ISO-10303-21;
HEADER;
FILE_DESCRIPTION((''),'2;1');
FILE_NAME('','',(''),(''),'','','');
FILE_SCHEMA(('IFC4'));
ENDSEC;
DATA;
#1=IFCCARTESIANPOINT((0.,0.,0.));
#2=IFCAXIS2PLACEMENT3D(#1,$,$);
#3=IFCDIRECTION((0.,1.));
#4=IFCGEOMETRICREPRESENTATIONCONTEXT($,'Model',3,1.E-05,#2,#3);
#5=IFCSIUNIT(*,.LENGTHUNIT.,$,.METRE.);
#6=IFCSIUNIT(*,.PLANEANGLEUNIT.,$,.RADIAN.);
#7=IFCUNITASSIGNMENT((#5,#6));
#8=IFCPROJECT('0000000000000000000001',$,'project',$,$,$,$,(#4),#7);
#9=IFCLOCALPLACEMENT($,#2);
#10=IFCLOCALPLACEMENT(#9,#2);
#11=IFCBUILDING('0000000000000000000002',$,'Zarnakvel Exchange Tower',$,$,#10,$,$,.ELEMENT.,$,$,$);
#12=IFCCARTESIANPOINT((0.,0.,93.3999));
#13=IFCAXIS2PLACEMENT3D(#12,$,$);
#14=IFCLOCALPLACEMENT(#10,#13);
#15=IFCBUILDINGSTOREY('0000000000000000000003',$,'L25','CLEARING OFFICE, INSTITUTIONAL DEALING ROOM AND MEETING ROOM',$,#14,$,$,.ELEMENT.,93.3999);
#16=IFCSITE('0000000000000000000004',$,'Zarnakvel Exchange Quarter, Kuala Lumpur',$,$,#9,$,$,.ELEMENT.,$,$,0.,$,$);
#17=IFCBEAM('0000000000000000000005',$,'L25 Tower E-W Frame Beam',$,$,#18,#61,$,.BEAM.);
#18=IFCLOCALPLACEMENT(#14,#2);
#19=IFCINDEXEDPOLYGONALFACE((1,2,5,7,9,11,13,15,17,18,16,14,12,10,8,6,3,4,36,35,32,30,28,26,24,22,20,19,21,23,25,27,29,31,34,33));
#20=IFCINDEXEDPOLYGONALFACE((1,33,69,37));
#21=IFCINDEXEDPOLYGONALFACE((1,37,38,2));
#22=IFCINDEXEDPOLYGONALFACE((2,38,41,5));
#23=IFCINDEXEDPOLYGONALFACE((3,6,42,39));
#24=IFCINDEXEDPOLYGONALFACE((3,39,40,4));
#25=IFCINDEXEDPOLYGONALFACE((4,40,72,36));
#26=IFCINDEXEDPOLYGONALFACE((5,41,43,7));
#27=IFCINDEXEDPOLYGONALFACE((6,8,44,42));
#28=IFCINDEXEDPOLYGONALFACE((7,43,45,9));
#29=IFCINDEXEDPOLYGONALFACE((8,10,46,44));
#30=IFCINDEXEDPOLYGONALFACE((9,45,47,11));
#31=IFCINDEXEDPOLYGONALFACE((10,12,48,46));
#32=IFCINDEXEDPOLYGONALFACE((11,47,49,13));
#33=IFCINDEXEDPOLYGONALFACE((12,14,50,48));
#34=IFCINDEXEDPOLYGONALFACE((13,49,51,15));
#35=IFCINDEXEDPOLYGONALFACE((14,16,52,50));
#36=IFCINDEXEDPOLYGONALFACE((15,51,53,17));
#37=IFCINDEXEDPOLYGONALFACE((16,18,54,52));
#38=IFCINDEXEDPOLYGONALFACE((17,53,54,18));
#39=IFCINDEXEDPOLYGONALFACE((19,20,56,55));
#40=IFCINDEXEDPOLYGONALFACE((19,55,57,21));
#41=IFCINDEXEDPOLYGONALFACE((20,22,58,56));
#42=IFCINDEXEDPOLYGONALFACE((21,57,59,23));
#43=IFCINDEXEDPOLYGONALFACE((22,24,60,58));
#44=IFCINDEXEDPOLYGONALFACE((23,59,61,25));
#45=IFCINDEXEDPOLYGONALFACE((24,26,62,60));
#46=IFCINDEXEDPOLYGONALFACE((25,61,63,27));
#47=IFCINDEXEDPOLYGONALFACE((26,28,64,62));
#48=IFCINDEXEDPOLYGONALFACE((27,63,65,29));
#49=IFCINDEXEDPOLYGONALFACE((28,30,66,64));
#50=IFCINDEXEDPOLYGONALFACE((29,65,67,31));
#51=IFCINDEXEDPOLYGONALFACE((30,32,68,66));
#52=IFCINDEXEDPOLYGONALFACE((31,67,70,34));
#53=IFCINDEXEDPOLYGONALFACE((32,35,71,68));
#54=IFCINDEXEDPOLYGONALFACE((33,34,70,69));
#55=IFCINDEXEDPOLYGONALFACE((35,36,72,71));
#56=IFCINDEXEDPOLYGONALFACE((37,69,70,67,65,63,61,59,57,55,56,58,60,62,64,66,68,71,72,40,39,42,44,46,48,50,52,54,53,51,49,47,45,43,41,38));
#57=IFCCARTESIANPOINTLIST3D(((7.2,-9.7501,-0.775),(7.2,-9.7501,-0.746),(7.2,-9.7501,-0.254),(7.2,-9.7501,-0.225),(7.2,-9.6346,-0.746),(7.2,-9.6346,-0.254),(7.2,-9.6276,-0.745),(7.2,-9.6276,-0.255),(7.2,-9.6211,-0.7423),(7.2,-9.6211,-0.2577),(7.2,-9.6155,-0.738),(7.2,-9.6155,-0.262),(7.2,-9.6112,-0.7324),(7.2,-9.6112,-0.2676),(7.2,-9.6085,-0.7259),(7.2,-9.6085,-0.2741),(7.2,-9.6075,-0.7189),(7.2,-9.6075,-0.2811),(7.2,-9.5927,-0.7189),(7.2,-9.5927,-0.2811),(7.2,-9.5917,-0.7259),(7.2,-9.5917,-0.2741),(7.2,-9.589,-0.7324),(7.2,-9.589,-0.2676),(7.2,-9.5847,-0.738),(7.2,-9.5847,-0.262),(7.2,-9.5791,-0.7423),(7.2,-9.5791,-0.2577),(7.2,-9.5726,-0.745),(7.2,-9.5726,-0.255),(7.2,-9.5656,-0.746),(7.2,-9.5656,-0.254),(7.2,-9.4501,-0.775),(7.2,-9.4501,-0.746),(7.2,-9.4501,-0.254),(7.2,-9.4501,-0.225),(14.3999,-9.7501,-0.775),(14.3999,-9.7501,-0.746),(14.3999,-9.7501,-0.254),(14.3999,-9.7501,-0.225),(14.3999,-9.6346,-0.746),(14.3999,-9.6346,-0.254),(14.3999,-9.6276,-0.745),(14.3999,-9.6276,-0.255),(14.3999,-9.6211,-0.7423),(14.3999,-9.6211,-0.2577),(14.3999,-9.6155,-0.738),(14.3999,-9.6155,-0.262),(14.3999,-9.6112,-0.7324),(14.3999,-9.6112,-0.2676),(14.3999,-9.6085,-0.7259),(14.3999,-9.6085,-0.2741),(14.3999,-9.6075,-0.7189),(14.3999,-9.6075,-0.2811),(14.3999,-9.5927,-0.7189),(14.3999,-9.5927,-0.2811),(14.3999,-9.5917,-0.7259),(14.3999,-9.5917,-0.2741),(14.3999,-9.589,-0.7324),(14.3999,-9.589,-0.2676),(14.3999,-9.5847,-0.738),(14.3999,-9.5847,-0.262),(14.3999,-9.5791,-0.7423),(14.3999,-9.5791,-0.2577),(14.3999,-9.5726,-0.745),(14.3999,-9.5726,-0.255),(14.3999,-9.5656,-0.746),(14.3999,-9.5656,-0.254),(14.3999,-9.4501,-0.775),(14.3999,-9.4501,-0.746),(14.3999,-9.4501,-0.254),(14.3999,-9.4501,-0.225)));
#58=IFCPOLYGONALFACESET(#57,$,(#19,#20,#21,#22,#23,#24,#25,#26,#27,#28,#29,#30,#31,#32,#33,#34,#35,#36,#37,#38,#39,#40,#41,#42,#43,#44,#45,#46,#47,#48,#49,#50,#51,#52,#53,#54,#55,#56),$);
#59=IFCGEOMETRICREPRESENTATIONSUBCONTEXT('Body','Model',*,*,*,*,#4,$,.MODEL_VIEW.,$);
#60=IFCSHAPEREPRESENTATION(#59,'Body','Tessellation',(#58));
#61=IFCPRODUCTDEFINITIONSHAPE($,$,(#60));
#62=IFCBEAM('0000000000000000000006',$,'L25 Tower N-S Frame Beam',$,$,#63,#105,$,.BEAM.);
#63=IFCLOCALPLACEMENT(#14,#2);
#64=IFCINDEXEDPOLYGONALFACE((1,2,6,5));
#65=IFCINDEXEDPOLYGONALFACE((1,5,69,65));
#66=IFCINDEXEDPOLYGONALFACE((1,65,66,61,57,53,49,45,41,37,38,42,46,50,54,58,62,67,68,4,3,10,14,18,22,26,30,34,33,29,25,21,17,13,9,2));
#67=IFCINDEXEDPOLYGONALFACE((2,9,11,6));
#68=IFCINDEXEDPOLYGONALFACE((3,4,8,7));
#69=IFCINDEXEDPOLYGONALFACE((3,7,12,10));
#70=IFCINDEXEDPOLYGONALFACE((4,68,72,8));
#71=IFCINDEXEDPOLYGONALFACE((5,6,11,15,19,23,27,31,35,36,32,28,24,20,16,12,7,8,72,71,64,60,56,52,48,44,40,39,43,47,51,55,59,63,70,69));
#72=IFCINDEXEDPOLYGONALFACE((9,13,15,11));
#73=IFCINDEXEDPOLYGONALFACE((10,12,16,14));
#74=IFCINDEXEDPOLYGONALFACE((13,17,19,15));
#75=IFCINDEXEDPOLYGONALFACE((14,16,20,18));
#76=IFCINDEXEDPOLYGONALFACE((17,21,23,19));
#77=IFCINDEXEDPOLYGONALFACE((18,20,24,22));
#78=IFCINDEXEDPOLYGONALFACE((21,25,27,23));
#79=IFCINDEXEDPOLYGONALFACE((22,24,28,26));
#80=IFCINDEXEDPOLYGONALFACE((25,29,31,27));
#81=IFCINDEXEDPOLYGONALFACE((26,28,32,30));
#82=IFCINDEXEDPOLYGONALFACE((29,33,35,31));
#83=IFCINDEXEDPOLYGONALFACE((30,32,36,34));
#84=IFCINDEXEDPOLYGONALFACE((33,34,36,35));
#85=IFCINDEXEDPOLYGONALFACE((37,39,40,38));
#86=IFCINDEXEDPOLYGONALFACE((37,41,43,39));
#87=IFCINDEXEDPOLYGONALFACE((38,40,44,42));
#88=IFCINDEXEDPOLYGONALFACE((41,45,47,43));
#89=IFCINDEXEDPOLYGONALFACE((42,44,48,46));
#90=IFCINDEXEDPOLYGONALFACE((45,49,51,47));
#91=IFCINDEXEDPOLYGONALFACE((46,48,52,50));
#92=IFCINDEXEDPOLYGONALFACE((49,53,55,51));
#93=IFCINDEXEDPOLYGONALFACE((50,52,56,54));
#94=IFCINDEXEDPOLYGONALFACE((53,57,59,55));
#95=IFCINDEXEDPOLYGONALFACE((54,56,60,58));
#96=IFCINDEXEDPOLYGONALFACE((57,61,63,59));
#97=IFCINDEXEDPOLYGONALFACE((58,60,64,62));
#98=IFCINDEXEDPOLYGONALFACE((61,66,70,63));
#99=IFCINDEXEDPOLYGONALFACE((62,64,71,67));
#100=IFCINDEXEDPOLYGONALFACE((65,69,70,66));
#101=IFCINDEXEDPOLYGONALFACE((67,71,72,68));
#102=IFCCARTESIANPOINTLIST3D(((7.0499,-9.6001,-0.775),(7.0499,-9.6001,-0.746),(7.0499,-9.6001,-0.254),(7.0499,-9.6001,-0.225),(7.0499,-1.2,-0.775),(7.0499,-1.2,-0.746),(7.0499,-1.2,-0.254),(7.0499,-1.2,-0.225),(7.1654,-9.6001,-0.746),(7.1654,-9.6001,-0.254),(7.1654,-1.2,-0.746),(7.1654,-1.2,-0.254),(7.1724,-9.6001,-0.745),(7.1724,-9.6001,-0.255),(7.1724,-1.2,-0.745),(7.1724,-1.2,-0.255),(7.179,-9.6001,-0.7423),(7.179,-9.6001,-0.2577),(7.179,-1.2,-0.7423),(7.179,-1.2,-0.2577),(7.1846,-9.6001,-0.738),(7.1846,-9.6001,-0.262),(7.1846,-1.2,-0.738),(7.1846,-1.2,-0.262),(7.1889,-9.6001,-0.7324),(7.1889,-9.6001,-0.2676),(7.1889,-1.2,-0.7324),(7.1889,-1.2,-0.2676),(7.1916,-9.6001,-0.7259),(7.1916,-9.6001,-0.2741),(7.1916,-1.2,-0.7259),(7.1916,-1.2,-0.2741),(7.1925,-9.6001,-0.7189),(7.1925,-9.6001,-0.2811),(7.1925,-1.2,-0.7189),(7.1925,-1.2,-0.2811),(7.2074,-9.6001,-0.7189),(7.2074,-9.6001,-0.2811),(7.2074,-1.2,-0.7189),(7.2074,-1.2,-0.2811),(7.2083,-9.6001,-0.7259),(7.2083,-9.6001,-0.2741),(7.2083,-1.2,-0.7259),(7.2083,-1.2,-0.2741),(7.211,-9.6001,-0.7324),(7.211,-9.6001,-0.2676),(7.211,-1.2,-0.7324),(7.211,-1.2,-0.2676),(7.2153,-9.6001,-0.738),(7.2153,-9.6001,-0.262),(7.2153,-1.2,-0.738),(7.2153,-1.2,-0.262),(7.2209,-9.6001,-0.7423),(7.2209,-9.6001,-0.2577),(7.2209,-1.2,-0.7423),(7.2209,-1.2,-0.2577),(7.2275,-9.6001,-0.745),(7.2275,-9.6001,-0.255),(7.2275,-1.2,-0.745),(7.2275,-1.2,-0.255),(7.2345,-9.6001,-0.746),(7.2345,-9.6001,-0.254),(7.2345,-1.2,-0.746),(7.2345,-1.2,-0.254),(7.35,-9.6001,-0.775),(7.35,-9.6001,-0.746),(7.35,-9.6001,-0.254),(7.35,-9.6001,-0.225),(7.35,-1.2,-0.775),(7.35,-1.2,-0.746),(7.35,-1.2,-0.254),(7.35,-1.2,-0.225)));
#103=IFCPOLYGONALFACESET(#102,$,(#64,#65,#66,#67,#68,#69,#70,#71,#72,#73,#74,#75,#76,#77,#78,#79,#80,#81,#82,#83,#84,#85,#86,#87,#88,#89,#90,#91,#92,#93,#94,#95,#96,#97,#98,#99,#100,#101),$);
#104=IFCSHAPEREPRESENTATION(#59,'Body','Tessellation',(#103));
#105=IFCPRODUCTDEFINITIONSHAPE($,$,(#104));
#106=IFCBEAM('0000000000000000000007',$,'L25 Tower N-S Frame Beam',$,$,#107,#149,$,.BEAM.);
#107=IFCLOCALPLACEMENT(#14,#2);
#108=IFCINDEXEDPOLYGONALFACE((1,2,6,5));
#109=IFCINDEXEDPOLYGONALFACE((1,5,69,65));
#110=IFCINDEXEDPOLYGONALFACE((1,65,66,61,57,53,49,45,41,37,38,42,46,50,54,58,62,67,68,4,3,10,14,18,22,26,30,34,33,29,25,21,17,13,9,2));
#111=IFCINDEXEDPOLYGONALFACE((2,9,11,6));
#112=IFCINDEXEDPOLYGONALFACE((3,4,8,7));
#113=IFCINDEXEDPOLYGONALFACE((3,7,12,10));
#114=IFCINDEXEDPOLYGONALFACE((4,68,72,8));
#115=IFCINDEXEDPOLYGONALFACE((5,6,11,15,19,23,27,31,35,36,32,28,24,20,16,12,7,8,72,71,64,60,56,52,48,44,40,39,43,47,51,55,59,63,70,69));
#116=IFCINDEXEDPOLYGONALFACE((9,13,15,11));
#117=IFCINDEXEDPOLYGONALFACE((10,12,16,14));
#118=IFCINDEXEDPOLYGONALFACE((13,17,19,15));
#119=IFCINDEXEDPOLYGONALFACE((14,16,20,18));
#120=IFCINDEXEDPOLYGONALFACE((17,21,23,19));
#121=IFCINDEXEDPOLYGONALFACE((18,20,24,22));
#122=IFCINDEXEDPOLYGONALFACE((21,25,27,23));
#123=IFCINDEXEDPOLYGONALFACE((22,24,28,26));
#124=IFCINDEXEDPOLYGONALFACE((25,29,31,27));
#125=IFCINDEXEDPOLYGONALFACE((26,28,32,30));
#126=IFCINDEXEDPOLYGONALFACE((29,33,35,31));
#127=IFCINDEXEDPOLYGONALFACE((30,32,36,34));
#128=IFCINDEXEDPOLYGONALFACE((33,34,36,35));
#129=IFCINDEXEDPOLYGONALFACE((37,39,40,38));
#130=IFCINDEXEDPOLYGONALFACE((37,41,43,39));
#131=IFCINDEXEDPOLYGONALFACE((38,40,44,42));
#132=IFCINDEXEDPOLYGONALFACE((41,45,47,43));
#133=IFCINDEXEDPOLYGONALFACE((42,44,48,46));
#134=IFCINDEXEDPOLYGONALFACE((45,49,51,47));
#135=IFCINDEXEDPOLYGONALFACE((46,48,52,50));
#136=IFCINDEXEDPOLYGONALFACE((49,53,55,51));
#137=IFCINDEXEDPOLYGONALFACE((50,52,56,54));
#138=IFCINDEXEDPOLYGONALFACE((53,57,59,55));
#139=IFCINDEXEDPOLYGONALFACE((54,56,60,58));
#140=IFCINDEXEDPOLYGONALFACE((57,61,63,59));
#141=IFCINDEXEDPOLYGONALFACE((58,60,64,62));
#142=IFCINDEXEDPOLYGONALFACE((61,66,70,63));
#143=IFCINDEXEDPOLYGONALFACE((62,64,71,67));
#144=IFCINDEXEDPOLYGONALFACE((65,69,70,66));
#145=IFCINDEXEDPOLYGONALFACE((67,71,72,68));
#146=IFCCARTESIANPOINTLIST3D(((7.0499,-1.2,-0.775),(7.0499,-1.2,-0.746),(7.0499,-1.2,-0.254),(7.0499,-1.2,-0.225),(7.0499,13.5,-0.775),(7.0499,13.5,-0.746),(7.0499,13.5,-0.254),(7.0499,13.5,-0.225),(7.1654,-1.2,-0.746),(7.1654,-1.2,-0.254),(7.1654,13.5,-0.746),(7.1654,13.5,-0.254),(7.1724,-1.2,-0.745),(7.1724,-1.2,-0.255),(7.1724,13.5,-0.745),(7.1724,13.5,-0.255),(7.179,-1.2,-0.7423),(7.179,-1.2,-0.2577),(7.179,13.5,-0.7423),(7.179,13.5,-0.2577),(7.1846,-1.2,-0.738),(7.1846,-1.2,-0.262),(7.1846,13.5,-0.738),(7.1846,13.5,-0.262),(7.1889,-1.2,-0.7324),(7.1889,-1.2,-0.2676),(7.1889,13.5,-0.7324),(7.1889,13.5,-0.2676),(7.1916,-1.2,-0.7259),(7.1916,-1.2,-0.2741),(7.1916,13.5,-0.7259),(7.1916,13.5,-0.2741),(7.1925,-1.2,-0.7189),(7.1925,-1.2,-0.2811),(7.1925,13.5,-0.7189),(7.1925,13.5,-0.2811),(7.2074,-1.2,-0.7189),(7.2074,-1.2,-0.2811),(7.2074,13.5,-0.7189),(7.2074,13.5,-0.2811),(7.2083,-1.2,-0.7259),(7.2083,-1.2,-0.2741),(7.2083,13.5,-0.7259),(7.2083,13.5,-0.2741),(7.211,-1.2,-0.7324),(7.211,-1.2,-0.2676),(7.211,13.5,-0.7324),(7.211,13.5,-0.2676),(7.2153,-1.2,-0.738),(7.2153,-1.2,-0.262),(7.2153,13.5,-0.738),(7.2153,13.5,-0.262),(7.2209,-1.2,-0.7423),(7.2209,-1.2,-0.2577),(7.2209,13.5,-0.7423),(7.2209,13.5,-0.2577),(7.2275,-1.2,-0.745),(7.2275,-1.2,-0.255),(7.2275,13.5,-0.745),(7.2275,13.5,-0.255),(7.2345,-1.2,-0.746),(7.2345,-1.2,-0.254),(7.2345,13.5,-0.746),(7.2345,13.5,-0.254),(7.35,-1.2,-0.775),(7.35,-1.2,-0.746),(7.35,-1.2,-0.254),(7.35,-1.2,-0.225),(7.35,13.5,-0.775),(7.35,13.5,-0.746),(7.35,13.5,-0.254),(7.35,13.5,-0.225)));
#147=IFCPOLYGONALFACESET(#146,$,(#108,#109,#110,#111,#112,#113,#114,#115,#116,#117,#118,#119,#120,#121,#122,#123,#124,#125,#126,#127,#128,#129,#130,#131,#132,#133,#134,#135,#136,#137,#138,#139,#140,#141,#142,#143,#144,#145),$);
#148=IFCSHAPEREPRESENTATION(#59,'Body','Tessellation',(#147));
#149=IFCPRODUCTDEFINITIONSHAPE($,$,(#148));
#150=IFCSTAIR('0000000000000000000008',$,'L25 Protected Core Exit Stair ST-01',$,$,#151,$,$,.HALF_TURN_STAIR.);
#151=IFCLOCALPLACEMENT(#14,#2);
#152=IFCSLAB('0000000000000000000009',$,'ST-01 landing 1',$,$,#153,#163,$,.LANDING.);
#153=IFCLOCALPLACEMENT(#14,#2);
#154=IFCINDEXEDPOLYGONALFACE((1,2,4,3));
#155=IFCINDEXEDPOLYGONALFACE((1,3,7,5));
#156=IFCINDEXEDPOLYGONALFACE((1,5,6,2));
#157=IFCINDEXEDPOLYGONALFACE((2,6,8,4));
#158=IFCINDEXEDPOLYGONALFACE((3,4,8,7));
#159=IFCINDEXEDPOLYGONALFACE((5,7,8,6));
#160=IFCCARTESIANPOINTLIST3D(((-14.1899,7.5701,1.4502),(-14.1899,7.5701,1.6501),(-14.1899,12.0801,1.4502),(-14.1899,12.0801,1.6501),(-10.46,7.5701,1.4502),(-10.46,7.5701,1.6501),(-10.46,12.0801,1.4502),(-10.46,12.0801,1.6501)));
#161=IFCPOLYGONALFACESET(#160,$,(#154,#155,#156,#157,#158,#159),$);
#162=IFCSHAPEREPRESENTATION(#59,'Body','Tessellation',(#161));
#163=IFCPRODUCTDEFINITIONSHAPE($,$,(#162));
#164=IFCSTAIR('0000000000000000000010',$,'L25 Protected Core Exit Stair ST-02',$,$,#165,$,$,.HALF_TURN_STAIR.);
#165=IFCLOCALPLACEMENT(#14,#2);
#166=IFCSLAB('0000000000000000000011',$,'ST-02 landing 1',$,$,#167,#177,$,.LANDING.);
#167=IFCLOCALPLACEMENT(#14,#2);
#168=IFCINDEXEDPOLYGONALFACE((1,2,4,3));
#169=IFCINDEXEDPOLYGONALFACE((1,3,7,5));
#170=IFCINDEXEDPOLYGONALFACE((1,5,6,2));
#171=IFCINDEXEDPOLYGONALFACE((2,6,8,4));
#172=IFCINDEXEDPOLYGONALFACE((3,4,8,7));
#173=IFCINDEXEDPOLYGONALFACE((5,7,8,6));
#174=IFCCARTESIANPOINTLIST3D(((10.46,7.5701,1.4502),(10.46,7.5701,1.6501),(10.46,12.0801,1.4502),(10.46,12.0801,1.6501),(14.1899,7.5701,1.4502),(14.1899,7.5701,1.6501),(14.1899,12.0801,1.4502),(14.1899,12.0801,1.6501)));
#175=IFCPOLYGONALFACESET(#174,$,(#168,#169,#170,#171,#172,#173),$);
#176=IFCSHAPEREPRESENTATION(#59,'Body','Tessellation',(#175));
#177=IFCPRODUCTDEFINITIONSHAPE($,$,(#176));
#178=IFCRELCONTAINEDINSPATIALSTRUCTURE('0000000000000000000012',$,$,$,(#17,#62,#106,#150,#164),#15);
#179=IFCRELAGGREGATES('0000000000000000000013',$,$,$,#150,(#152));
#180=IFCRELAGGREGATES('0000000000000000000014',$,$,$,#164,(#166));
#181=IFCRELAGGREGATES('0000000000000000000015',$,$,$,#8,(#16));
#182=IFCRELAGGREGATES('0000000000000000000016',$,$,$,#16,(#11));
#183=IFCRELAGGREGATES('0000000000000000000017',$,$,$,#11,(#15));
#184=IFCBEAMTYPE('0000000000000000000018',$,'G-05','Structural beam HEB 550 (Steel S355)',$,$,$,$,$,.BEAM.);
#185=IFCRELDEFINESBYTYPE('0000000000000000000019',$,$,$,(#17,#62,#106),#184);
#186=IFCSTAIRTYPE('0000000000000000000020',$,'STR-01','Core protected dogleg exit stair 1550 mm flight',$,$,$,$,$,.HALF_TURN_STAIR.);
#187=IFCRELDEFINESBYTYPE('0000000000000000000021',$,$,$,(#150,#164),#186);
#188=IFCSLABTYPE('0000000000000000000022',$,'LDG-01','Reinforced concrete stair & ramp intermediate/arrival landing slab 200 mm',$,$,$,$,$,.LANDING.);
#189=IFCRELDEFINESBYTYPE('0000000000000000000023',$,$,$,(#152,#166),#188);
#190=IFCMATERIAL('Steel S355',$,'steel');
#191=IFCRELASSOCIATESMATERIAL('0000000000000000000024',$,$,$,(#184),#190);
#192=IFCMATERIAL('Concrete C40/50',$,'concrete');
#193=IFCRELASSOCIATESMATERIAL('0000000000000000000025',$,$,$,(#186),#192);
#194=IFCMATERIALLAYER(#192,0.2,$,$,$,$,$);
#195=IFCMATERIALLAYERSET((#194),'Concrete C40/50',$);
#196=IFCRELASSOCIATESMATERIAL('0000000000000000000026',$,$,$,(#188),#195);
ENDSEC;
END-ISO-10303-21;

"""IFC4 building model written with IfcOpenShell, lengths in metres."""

from ifc_helpers import new_model, si_unit, direction, frame, origin, origin_2d, place, context, subcontext, project, spatial, polyline, i_section, outline, extrude, material, layer, layer_set, material_profile, profile_set, type_object, element, aggregate, save


model = new_model("IFC4")

# Units and contexts
model_context = context("Model", 3, precision=1e-05, world=origin(), true_north=direction((0.0, 1.0)))
body_context = subcontext(model_context, "Body", "Model", "MODEL_VIEW")
ifc_project = project(units=[si_unit("LENGTHUNIT", "METRE"), si_unit("PLANEANGLEUNIT", "RADIAN")], contexts=[model_context])

# Site, building, storey
site_placement = place(None, origin())
site = spatial("IfcSite", under=ifc_project, at=site_placement, Name="Zarnakvel Exchange Quarter, Kuala Lumpur", CompositionType="ELEMENT", RefElevation=0.0)
building_placement = place(site_placement, origin())
building = spatial("IfcBuilding", under=site, at=building_placement, Name="Zarnakvel Exchange Tower", CompositionType="ELEMENT")
storey_placement = place(building_placement, frame((0.0, 0.0, 93.3999)))
storey = spatial("IfcBuildingStorey", under=building, at=storey_placement, Name="L25", Description="CLEARING OFFICE, INSTITUTIONAL DEALING ROOM AND MEETING ROOM", CompositionType="ELEMENT", Elevation=93.3999)

# Beams
ifc_material_1 = material(Name="Steel S355", Category="steel")
ifc_material_profile_1 = material_profile(ifc_material_1, i_section(OverallWidth=0.3, OverallDepth=0.55, WebThickness=0.0149, FlangeThickness=0.0291, FilletRadius=0.0271, at=origin_2d()))
ifc_profile_set_1 = profile_set([ifc_material_profile_1], Name="Steel S355")
beam_type_1 = type_object("IfcBeamType", Name="G-05", Description="Structural beam HEB 550 (Steel S355)", PredefinedType="BEAM", material=ifc_profile_set_1)
beam_1_placement = place(storey_placement, frame((7.2, -9.6001, -0.5), z_axis=(1.0, 0.0, 0.0), x_axis=(0.0, 1.0, 0.0)))
element("IfcBeam", 1, at=beam_1_placement, inside=storey, type_object=beam_type_1, Name="L25 Tower E-W Frame Beam", PredefinedType="BEAM", context=body_context, shape_type="SweptSolid", body=[
    extrude(i_section(OverallWidth=0.3, OverallDepth=0.55, WebThickness=0.0149, FlangeThickness=0.0291, FilletRadius=0.0271, at=origin_2d()), origin(), (0.0, 0.0, 1.0), 7.2),
])
beam_2_placement = place(storey_placement, frame((7.2, -9.6001, -0.5), z_axis=(0.0, 1.0, 0.0), x_axis=(-1.0, 0.0, 0.0)))
element("IfcBeam", 2, at=beam_2_placement, inside=storey, type_object=beam_type_1, Name="L25 Tower N-S Frame Beam", PredefinedType="BEAM", context=body_context, shape_type="SweptSolid", body=[
    extrude(i_section(OverallWidth=0.3, OverallDepth=0.55, WebThickness=0.0149, FlangeThickness=0.0291, FilletRadius=0.0271, at=origin_2d()), origin(), (0.0, 0.0, 1.0), 8.4001),
])
beam_3_placement = place(storey_placement, frame((7.2, -1.2, -0.5), z_axis=(0.0, 1.0, 0.0), x_axis=(-1.0, 0.0, 0.0)))
element("IfcBeam", 3, at=beam_3_placement, inside=storey, type_object=beam_type_1, Name="L25 Tower N-S Frame Beam", PredefinedType="BEAM", context=body_context, shape_type="SweptSolid", body=[
    extrude(i_section(OverallWidth=0.3, OverallDepth=0.55, WebThickness=0.0149, FlangeThickness=0.0291, FilletRadius=0.0271, at=origin_2d()), origin(), (0.0, 0.0, 1.0), 14.7),
])

# Stairs, slabs
ifc_material_2 = material(Name="Concrete C40/50", Category="concrete")
stair_type = type_object("IfcStairType", Name="STR-01", Description="Core protected dogleg exit stair 1550 mm flight", PredefinedType="HALF_TURN_STAIR", material=ifc_material_2)
stair_1_placement = place(storey_placement, origin())
stair_1 = element("IfcStair", 4, at=stair_1_placement, inside=storey, type_object=stair_type, Name="L25 Protected Core Exit Stair ST-01", PredefinedType="HALF_TURN_STAIR")
ifc_layer_1 = layer(ifc_material_2, 0.2)
ifc_layer_set_1 = layer_set([ifc_layer_1], Name="Concrete C40/50")
slab_type_1 = type_object("IfcSlabType", Name="LDG-01", Description="Reinforced concrete stair & ramp intermediate/arrival landing slab 200 mm", PredefinedType="LANDING", material=ifc_layer_set_1)
slab_1_placement = place(storey_placement, frame((0.0, 0.0, 1.4502)))
slab_1 = element("IfcSlab", 5, at=slab_1_placement, type_object=slab_type_1, Name="ST-01 landing 1", PredefinedType="LANDING", context=body_context, shape_type="SweptSolid", body=[
    extrude(outline(polyline([(-14.1899, 7.5701), (-10.46, 7.5701), (-10.46, 12.0801), (-14.1899, 12.0801), (-14.1899, 7.5701)])), origin(), (0.0, 0.0, 1.0), 0.2),
])
aggregate(stair_1, [slab_1])
stair_2_placement = place(storey_placement, origin())
stair_2 = element("IfcStair", 6, at=stair_2_placement, inside=storey, type_object=stair_type, Name="L25 Protected Core Exit Stair ST-02", PredefinedType="HALF_TURN_STAIR")
slab_2_placement = place(storey_placement, frame((0.0, 0.0, 1.4502)))
slab_2 = element("IfcSlab", 7, at=slab_2_placement, type_object=slab_type_1, Name="ST-02 landing 1", PredefinedType="LANDING", context=body_context, shape_type="SweptSolid", body=[
    extrude(outline(polyline([(10.46, 7.5701), (14.1899, 7.5701), (14.1899, 12.0801), (10.46, 12.0801), (10.46, 7.5701)])), origin(), (0.0, 0.0, 1.0), 0.2),
])
aggregate(stair_2, [slab_2])

save(model, "model.ifc")
